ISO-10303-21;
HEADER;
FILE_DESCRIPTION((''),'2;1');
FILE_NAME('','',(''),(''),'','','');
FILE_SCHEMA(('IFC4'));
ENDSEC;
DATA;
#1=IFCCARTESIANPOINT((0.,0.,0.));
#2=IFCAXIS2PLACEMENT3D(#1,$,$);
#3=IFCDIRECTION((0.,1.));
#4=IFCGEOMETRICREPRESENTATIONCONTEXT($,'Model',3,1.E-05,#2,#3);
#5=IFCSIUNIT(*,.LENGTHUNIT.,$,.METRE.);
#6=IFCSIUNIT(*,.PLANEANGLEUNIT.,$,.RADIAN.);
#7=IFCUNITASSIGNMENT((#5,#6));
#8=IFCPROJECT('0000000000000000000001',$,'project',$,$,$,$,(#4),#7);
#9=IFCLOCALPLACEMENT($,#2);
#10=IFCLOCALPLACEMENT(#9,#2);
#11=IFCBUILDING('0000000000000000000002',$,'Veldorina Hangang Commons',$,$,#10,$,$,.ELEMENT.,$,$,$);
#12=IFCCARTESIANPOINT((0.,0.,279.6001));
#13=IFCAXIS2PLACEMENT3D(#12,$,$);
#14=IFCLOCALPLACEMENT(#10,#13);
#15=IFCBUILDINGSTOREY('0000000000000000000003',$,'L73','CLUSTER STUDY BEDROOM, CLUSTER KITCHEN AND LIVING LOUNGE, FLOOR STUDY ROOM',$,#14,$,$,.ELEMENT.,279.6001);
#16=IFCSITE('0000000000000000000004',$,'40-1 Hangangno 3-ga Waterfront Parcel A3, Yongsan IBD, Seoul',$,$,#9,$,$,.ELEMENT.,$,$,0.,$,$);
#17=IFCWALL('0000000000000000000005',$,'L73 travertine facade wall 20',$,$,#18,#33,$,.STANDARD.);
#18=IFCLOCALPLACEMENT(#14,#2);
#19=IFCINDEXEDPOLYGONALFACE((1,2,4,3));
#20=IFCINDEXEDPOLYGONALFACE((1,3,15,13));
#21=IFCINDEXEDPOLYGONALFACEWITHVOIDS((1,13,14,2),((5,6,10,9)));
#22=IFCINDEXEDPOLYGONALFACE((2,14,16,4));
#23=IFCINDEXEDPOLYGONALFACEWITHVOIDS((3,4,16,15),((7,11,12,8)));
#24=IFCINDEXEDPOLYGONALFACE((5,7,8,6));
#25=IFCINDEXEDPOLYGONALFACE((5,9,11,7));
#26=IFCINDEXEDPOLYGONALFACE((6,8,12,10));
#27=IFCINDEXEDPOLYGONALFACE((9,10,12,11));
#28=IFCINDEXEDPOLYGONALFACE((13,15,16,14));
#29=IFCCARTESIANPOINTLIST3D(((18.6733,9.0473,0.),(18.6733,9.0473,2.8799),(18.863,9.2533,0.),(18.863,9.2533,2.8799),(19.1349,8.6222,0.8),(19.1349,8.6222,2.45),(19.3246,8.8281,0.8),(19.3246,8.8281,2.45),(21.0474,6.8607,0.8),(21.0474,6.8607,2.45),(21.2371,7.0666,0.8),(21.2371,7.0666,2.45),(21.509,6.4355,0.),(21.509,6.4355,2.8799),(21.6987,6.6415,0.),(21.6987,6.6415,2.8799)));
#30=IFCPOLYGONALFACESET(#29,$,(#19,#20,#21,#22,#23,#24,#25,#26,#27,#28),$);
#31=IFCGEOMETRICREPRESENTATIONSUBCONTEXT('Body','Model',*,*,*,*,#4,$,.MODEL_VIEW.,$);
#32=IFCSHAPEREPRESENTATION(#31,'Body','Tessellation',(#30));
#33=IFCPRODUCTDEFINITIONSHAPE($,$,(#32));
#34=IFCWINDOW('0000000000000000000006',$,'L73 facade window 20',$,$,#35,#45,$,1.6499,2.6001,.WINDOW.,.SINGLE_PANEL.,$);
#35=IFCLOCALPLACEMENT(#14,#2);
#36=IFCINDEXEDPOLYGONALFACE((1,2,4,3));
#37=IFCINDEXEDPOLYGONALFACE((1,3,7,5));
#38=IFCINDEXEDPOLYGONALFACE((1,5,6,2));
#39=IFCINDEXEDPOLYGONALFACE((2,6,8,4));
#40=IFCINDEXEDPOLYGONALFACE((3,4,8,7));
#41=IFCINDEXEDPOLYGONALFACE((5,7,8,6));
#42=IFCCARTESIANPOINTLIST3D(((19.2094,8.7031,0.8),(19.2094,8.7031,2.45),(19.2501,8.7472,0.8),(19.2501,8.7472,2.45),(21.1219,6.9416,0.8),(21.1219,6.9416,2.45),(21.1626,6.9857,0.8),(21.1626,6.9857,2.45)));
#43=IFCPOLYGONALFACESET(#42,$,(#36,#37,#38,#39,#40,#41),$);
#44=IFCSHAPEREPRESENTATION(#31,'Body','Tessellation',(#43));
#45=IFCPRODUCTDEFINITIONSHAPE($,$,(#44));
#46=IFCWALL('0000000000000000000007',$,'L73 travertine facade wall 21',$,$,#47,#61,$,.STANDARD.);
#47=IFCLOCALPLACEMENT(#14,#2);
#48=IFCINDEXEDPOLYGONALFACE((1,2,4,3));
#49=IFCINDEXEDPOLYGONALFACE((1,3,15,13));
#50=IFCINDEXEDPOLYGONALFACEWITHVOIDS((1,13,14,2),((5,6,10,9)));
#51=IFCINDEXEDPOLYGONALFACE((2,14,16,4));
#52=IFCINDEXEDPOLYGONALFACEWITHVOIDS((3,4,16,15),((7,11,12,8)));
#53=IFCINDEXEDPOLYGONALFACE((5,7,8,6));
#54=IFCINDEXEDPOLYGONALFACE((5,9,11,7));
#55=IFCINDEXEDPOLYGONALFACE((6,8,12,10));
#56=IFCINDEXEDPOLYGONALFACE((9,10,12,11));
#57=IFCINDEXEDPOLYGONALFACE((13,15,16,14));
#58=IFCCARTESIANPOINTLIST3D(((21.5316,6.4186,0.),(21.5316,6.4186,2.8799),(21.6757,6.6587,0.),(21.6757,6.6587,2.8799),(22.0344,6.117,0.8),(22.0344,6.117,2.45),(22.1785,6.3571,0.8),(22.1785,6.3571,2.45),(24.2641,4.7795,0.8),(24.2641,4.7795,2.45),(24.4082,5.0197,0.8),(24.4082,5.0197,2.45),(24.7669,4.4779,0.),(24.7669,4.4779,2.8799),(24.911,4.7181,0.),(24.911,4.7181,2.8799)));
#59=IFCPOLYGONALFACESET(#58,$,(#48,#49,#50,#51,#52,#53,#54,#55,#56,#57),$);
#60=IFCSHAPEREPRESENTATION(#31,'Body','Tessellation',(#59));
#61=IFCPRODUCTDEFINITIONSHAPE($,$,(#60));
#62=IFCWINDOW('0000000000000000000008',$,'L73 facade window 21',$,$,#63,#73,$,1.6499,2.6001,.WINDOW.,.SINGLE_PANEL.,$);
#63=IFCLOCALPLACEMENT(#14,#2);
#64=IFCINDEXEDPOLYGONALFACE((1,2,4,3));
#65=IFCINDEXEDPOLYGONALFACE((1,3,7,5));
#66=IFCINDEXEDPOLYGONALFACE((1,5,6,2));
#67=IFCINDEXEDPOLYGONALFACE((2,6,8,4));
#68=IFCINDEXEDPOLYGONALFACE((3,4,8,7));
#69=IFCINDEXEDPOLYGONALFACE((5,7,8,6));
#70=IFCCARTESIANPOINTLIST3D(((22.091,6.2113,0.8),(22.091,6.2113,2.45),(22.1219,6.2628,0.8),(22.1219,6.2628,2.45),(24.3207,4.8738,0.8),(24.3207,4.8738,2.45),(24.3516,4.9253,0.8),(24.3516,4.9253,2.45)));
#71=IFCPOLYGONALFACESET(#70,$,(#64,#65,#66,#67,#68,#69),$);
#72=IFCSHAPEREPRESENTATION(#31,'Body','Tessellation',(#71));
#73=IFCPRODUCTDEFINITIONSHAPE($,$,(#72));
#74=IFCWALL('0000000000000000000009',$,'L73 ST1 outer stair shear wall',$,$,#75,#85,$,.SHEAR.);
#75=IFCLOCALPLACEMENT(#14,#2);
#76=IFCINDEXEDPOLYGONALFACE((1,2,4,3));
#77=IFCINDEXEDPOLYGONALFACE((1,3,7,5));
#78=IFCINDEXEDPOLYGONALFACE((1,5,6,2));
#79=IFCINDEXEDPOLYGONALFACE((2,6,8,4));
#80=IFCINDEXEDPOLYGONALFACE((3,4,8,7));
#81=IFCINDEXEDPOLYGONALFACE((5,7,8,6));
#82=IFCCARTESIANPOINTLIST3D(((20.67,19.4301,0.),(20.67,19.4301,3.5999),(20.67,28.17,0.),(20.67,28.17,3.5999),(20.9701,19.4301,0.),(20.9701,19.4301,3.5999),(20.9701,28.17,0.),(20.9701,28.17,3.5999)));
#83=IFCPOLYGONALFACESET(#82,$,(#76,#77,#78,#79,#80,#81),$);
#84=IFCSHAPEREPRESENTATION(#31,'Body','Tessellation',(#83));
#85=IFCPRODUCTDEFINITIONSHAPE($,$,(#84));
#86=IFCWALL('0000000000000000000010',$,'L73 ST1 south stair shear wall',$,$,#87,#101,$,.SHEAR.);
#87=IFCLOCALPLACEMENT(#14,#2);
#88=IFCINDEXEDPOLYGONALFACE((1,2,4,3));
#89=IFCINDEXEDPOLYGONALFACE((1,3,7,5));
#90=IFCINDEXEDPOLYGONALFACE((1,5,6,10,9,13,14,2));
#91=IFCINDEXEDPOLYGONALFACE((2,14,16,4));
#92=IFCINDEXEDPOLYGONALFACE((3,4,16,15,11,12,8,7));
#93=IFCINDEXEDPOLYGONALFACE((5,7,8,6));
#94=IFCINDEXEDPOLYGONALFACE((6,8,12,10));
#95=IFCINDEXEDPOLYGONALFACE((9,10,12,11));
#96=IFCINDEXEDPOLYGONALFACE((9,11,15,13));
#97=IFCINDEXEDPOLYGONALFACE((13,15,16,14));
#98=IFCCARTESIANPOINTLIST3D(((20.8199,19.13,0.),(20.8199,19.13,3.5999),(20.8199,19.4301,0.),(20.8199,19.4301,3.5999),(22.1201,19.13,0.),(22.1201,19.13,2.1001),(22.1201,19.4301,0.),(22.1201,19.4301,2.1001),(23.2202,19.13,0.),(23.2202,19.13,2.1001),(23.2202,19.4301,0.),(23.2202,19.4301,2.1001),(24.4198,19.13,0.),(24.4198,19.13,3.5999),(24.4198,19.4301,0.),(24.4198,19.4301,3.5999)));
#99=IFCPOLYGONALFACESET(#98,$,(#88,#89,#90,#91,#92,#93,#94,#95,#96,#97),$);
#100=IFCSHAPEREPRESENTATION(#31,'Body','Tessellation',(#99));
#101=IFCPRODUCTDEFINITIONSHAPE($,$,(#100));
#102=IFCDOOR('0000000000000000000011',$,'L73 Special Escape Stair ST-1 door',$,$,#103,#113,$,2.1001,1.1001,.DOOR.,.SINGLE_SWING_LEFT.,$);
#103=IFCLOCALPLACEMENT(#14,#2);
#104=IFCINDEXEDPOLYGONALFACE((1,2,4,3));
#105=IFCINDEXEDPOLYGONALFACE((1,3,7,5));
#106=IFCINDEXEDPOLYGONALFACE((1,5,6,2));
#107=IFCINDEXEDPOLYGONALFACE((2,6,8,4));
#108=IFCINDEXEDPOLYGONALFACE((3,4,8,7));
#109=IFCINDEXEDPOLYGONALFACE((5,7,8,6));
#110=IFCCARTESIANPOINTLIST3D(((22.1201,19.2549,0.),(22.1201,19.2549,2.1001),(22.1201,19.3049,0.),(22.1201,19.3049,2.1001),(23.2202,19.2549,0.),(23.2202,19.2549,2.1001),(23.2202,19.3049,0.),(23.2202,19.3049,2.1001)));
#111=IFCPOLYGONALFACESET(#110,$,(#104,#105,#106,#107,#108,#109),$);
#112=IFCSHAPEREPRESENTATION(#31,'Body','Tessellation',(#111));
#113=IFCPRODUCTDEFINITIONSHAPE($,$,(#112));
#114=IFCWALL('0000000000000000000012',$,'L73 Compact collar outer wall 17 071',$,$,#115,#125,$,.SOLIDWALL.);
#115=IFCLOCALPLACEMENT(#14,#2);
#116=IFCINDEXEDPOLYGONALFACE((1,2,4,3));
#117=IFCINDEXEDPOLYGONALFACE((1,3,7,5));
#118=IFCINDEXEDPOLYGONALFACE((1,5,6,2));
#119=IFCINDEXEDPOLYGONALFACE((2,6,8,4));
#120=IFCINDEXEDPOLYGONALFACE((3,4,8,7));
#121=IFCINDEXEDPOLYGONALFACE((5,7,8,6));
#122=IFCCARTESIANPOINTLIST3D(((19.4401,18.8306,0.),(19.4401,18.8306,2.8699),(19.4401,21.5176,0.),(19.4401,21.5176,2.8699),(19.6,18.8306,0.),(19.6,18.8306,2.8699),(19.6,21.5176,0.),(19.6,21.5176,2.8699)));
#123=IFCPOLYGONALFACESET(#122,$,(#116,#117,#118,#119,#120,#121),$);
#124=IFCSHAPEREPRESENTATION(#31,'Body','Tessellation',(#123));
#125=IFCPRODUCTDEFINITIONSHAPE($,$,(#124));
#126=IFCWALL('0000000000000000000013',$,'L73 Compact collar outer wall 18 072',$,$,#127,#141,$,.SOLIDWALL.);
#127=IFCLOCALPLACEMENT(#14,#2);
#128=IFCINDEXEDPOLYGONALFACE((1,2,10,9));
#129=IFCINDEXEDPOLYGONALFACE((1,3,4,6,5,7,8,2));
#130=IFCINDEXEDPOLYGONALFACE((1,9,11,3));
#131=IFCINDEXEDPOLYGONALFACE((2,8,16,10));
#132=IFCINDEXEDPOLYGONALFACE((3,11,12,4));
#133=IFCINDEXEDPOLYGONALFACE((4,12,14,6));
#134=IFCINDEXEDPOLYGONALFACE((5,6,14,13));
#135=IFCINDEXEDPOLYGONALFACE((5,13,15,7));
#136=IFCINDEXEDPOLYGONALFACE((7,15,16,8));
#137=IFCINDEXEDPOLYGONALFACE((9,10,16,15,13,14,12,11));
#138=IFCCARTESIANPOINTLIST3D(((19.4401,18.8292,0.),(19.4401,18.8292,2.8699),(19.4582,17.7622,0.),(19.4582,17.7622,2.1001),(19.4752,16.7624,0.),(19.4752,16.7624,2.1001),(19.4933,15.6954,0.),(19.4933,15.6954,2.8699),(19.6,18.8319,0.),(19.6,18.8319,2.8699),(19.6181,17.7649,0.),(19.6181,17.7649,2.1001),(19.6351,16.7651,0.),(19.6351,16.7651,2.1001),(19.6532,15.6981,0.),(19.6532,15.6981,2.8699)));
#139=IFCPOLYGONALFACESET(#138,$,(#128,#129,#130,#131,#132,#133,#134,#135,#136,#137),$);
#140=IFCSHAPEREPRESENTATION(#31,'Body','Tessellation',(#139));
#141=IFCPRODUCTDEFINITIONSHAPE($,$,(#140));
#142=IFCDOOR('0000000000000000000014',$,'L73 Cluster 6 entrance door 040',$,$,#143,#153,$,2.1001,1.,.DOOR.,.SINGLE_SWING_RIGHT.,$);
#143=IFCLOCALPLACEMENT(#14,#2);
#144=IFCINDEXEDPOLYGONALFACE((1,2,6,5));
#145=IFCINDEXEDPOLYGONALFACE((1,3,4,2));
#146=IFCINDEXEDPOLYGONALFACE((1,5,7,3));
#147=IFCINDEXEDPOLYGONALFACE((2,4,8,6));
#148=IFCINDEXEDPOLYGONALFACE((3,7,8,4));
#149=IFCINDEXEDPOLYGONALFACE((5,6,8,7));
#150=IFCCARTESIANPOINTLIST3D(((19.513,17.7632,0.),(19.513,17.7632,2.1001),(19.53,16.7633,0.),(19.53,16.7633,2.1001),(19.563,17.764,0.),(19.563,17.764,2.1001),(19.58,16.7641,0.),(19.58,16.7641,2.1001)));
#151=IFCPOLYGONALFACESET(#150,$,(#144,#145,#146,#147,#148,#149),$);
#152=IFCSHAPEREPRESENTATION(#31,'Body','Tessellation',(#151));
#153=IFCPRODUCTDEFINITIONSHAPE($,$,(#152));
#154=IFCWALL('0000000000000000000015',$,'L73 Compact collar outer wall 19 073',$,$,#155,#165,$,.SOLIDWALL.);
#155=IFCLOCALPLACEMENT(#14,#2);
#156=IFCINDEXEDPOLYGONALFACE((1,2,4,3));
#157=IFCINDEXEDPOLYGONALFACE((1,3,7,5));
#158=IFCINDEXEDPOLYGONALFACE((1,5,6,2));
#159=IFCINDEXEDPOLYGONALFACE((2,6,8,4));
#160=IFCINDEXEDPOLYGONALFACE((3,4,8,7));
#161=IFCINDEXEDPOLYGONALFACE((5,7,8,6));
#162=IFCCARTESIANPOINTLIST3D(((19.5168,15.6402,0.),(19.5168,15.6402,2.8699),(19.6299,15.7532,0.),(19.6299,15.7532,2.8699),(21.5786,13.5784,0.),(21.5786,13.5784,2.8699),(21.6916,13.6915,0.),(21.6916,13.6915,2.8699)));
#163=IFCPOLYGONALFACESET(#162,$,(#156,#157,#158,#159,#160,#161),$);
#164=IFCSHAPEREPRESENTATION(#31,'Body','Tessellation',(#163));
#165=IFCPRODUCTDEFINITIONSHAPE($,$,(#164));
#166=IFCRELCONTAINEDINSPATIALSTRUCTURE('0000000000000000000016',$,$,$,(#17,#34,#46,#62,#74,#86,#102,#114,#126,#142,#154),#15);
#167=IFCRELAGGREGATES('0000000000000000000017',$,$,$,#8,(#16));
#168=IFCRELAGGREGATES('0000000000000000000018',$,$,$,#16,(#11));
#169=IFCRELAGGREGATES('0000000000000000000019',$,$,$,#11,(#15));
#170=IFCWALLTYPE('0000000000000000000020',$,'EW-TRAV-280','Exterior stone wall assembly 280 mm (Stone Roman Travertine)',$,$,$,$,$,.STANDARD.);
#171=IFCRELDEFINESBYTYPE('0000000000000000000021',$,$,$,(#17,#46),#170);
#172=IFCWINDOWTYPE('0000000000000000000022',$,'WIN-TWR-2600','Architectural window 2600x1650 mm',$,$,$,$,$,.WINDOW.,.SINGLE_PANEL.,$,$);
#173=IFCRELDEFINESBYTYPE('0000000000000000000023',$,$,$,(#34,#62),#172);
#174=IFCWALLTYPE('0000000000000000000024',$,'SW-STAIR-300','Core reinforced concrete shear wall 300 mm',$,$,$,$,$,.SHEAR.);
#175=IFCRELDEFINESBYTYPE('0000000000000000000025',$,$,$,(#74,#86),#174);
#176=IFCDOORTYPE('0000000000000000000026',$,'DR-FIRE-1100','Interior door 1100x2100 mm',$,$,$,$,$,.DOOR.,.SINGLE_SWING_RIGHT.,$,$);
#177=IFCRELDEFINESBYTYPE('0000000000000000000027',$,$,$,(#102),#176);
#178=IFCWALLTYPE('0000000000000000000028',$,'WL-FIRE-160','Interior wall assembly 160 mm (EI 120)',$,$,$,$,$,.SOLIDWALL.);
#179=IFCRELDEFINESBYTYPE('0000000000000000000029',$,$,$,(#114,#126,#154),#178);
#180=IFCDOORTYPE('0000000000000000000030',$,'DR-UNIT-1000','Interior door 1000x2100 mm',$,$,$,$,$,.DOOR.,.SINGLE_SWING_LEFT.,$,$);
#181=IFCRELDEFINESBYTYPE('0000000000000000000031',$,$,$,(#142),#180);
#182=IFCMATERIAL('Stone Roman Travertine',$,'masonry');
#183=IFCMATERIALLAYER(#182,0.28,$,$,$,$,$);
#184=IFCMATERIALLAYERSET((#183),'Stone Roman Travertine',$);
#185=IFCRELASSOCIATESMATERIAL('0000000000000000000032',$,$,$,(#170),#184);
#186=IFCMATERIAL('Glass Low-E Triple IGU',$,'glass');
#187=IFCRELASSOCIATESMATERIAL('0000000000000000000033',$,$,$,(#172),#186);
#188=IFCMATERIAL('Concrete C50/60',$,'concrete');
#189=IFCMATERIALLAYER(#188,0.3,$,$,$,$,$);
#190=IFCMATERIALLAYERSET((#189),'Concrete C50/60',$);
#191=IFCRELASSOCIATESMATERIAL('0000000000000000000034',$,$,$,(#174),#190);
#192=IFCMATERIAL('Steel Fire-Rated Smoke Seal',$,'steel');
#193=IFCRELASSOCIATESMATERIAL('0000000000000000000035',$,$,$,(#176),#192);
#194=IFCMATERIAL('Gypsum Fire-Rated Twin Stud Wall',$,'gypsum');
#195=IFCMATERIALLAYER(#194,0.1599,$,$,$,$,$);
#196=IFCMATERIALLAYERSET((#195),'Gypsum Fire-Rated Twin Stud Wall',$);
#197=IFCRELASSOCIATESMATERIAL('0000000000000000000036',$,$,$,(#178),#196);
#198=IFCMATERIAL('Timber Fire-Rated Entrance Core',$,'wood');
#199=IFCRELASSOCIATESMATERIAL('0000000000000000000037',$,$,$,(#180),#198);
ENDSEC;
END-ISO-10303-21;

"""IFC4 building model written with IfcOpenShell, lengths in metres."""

from ifc_helpers import new_model, si_unit, direction, frame, frame_2d, origin, place, context, subcontext, project, spatial, rectangle, extrude, material, layer, layer_set, type_object, element, fill, save


model = new_model("IFC4")

# Units and contexts
model_context = context("Model", 3, precision=1e-05, world=origin(), true_north=direction((0.0, 1.0)))
body_context = subcontext(model_context, "Body", "Model", "MODEL_VIEW")
ifc_project = project(units=[si_unit("LENGTHUNIT", "METRE"), si_unit("PLANEANGLEUNIT", "RADIAN")], contexts=[model_context])

# Site, building, storey
site_placement = place(None, origin())
site = spatial("IfcSite", under=ifc_project, at=site_placement, Name="40-1 Hangangno 3-ga Waterfront Parcel A3, Yongsan IBD, Seoul", CompositionType="ELEMENT", RefElevation=0.0)
building_placement = place(site_placement, origin())
building = spatial("IfcBuilding", under=site, at=building_placement, Name="Veldorina Hangang Commons", CompositionType="ELEMENT")
storey_placement = place(building_placement, frame((0.0, 0.0, 279.6001)))
storey = spatial("IfcBuildingStorey", under=building, at=storey_placement, Name="L73", Description="CLUSTER STUDY BEDROOM, CLUSTER KITCHEN AND LIVING LOUNGE, FLOOR STUDY ROOM", CompositionType="ELEMENT", Elevation=279.6001)

# Walls, openings, windows
ifc_material_1 = material(Name="Stone Roman Travertine", Category="masonry")
ifc_layer_1 = layer(ifc_material_1, 0.28)
ifc_layer_set_1 = layer_set([ifc_layer_1], Name="Stone Roman Travertine")
wall_type_1 = type_object("IfcWallType", Name="EW-TRAV-280", Description="Exterior stone wall assembly 280 mm (Stone Roman Travertine)", PredefinedType="STANDARD", material=ifc_layer_set_1)
wall_1_placement = place(storey_placement, frame((18.7681, 9.1504, 0.0), z_axis=(0.0, 0.0, 1.0), x_axis=(0.735546, -0.677475, 0.0)))
wall_1 = element("IfcWall", 1, at=wall_1_placement, inside=storey, type_object=wall_type_1, Name="L73 travertine facade wall 20", PredefinedType="STANDARD", context=body_context, shape_type="SweptSolid", body=[
    extrude(rectangle(XDim=3.8552, YDim=0.28, at=frame_2d((1.9277, 0.0))), origin(), (0.0, 0.0, 1.0), 2.8799),
])
opening_1_placement = place(wall_1_placement, frame((0.6277, 0.0, 0.8)))
opening_1 = element("IfcOpeningElement", 2, at=opening_1_placement, cuts=wall_1, PredefinedType="OPENING", context=body_context, shape_type="SweptSolid", body=[
    extrude(rectangle(XDim=2.6001, YDim=1.6499, at=frame_2d((1.3, 0.825))), frame((0.0, 0.1499, 0.0), z_axis=(0.0, -1.0, 0.0), x_axis=(1.0, 0.0, 0.0)), (0.0, 0.0, 1.0), 0.3),
])
ifc_material_2 = material(Name="Glass Low-E Triple IGU", Category="glass")
window_type = type_object("IfcWindowType", Name="WIN-TWR-2600", Description="Architectural window 2600x1650 mm", PartitioningType="SINGLE_PANEL", PredefinedType="WINDOW", material=ifc_material_2)
window_1_placement = place(opening_1_placement, origin())
window_1 = element("IfcWindow", 3, at=window_1_placement, inside=storey, type_object=window_type, Name="L73 facade window 20", OverallHeight=1.6499, OverallWidth=2.6001, PartitioningType="SINGLE_PANEL", PredefinedType="WINDOW", context=body_context, shape_type="SweptSolid", body=[
    extrude(rectangle(XDim=2.6001, YDim=1.6499, at=frame_2d((1.3, 0.825))), frame((0.0, 0.03, 0.0), z_axis=(0.0, -1.0, 0.0), x_axis=(1.0, 0.0, 0.0)), (0.0, 0.0, 1.0), 0.0601),
])
fill(opening_1, window_1)
wall_2_placement = place(storey_placement, frame((21.6038, 6.5386, 0.0), z_axis=(0.0, 0.0, 1.0), x_axis=(0.857556, -0.514391, 0.0)))
wall_2 = element("IfcWall", 4, at=wall_2_placement, inside=storey, type_object=wall_type_1, Name="L73 travertine facade wall 21", PredefinedType="STANDARD", context=body_context, shape_type="SweptSolid", body=[
    extrude(rectangle(XDim=3.7727, YDim=0.28, at=frame_2d((1.8862, 0.0))), origin(), (0.0, 0.0, 1.0), 2.8799),
])
opening_2_placement = place(wall_2_placement, frame((0.5862, 0.0, 0.8)))
opening_2 = element("IfcOpeningElement", 5, at=opening_2_placement, cuts=wall_2, PredefinedType="OPENING", context=body_context, shape_type="SweptSolid", body=[
    extrude(rectangle(XDim=2.6001, YDim=1.6499, at=frame_2d((1.3, 0.825))), frame((0.0, 0.1499, 0.0), z_axis=(0.0, -1.0, 0.0), x_axis=(1.0, 0.0, 0.0)), (0.0, 0.0, 1.0), 0.3),
])
window_2_placement = place(opening_2_placement, origin())
window_2 = element("IfcWindow", 6, at=window_2_placement, inside=storey, type_object=window_type, Name="L73 facade window 21", OverallHeight=1.6499, OverallWidth=2.6001, PartitioningType="SINGLE_PANEL", PredefinedType="WINDOW", context=body_context, shape_type="SweptSolid", body=[
    extrude(rectangle(XDim=2.6001, YDim=1.6499, at=frame_2d((1.3, 0.825))), frame((0.0, 0.03, 0.0), z_axis=(0.0, -1.0, 0.0), x_axis=(1.0, 0.0, 0.0)), (0.0, 0.0, 1.0), 0.0601),
])
fill(opening_2, window_2)

# Wall
ifc_material_3 = material(Name="Concrete C50/60", Category="concrete")
ifc_layer_2 = layer(ifc_material_3, 0.3)
ifc_layer_set_2 = layer_set([ifc_layer_2], Name="Concrete C50/60")
wall_type_2 = type_object("IfcWallType", Name="SW-STAIR-300", Description="Core reinforced concrete shear wall 300 mm", PredefinedType="SHEAR", material=ifc_layer_set_2)
wall_3_placement = place(storey_placement, frame((20.8201, 19.4299, 0.0), z_axis=(0.0, 0.0, 1.0), x_axis=(0.0, 1.0, 0.0)))
element("IfcWall", 7, at=wall_3_placement, inside=storey, type_object=wall_type_2, Name="L73 ST1 outer stair shear wall", PredefinedType="SHEAR", context=body_context, shape_type="SweptSolid", body=[
    extrude(rectangle(XDim=8.74, YDim=0.3, at=frame_2d((4.3701, 0.0))), origin(), (0.0, 0.0, 1.0), 3.5999),
])

# Wall, opening, door
wall_4_placement = place(storey_placement, frame((20.8201, 19.28, 0.0), z_axis=(0.0, 0.0, 1.0), x_axis=(1.0, 0.0, 0.0)))
wall_4 = element("IfcWall", 8, at=wall_4_placement, inside=storey, type_object=wall_type_2, Name="L73 ST1 south stair shear wall", PredefinedType="SHEAR", context=body_context, shape_type="SweptSolid", body=[
    extrude(rectangle(XDim=3.5999, YDim=0.3, at=frame_2d((1.7998, 0.0))), origin(), (0.0, 0.0, 1.0), 3.5999),
])
opening_3_placement = place(wall_4_placement, frame((1.3, 0.0, 0.0)))
opening_3 = element("IfcOpeningElement", 9, at=opening_3_placement, cuts=wall_4, PredefinedType="OPENING", context=body_context, shape_type="SweptSolid", body=[
    extrude(rectangle(XDim=1.1001, YDim=2.1001, at=frame_2d((0.55, 1.05))), frame((0.0, 0.1602, 0.0), z_axis=(0.0, -1.0, 0.0), x_axis=(1.0, 0.0, 0.0)), (0.0, 0.0, 1.0), 0.3201),
])
ifc_material_4 = material(Name="Steel Fire-Rated Smoke Seal", Category="steel")
door_type_1 = type_object("IfcDoorType", Name="DR-FIRE-1100", Description="Interior door 1100x2100 mm", OperationType="SINGLE_SWING_RIGHT", PredefinedType="DOOR", material=ifc_material_4)
door_1_placement = place(opening_3_placement, origin())
door_1 = element("IfcDoor", 10, at=door_1_placement, inside=storey, type_object=door_type_1, Name="L73 Special Escape Stair ST-1 door", OperationType="SINGLE_SWING_LEFT", OverallHeight=2.1001, OverallWidth=1.1001, PredefinedType="DOOR", context=body_context, shape_type="SweptSolid", body=[
    extrude(rectangle(XDim=1.1001, YDim=2.1001, at=frame_2d((0.55, 1.05))), frame((0.0, 0.0249, 0.0), z_axis=(0.0, -1.0, 0.0), x_axis=(1.0, 0.0, 0.0)), (0.0, 0.0, 1.0), 0.05),
])
fill(opening_3, door_1)

# Wall
ifc_material_5 = material(Name="Gypsum Fire-Rated Twin Stud Wall", Category="gypsum")
ifc_layer_3 = layer(ifc_material_5, 0.1599)
ifc_layer_set_3 = layer_set([ifc_layer_3], Name="Gypsum Fire-Rated Twin Stud Wall")
wall_type_3 = type_object("IfcWallType", Name="WL-FIRE-160", Description="Interior wall assembly 160 mm (EI 120)", PredefinedType="SOLIDWALL", material=ifc_layer_set_3)
wall_5_placement = place(storey_placement, frame((19.52, 21.5176, 0.0), z_axis=(0.0, 0.0, 1.0), x_axis=(0.0, -1.0, 0.0)))
element("IfcWall", 11, at=wall_5_placement, inside=storey, type_object=wall_type_3, Name="L73 Compact collar outer wall 17 071", PredefinedType="SOLIDWALL", context=body_context, shape_type="SweptSolid", body=[
    extrude(rectangle(XDim=2.687, YDim=0.1599, at=frame_2d((1.3435, 0.0))), origin(), (0.0, 0.0, 1.0), 2.8699),
])

# Wall, opening, door
wall_6_placement = place(storey_placement, frame((19.52, 18.8306, 0.0), z_axis=(0.0, 0.0, 1.0), x_axis=(0.016981, -0.999856, 0.0)))
wall_6 = element("IfcWall", 12, at=wall_6_placement, inside=storey, type_object=wall_type_3, Name="L73 Compact collar outer wall 18 072", PredefinedType="SOLIDWALL", context=body_context, shape_type="SweptSolid", body=[
    extrude(rectangle(XDim=3.1343, YDim=0.1599, at=frame_2d((1.5671, 0.0))), origin(), (0.0, 0.0, 1.0), 2.8699),
])
opening_4_placement = place(wall_6_placement, frame((1.0671, 0.0, 0.0)))
opening_4 = element("IfcOpeningElement", 13, at=opening_4_placement, cuts=wall_6, PredefinedType="OPENING", context=body_context, shape_type="SweptSolid", body=[
    extrude(rectangle(XDim=1.0, YDim=2.1001, at=frame_2d((0.5, 1.05))), frame((0.0, 0.0898, 0.0), z_axis=(0.0, -1.0, 0.0), x_axis=(1.0, 0.0, 0.0)), (0.0, 0.0, 1.0), 0.1799),
])
ifc_material_6 = material(Name="Timber Fire-Rated Entrance Core", Category="wood")
door_type_2 = type_object("IfcDoorType", Name="DR-UNIT-1000", Description="Interior door 1000x2100 mm", OperationType="SINGLE_SWING_LEFT", PredefinedType="DOOR", material=ifc_material_6)
door_2_placement = place(opening_4_placement, origin())
door_2 = element("IfcDoor", 14, at=door_2_placement, inside=storey, type_object=door_type_2, Name="L73 Cluster 6 entrance door 040", OperationType="SINGLE_SWING_RIGHT", OverallHeight=2.1001, OverallWidth=1.0, PredefinedType="DOOR", context=body_context, shape_type="SweptSolid", body=[
    extrude(rectangle(XDim=1.0, YDim=2.1001, at=frame_2d((0.5, 1.05))), frame((0.0, 0.0249, 0.0), z_axis=(0.0, -1.0, 0.0), x_axis=(1.0, 0.0, 0.0)), (0.0, 0.0, 1.0), 0.05),
])
fill(opening_4, door_2)

# Wall
wall_7_placement = place(storey_placement, frame((19.5732, 15.6968, 0.0), z_axis=(0.0, 0.0, 1.0), x_axis=(0.707107, -0.707107, 0.0)))
element("IfcWall", 15, at=wall_7_placement, inside=storey, type_object=wall_type_3, Name="L73 Compact collar outer wall 19 073", PredefinedType="SOLIDWALL", context=body_context, shape_type="SweptSolid", body=[
    extrude(rectangle(XDim=2.9158, YDim=0.1599, at=frame_2d((1.458, 0.0))), origin(), (0.0, 0.0, 1.0), 2.8699),
])

save(model, "model.ifc")
